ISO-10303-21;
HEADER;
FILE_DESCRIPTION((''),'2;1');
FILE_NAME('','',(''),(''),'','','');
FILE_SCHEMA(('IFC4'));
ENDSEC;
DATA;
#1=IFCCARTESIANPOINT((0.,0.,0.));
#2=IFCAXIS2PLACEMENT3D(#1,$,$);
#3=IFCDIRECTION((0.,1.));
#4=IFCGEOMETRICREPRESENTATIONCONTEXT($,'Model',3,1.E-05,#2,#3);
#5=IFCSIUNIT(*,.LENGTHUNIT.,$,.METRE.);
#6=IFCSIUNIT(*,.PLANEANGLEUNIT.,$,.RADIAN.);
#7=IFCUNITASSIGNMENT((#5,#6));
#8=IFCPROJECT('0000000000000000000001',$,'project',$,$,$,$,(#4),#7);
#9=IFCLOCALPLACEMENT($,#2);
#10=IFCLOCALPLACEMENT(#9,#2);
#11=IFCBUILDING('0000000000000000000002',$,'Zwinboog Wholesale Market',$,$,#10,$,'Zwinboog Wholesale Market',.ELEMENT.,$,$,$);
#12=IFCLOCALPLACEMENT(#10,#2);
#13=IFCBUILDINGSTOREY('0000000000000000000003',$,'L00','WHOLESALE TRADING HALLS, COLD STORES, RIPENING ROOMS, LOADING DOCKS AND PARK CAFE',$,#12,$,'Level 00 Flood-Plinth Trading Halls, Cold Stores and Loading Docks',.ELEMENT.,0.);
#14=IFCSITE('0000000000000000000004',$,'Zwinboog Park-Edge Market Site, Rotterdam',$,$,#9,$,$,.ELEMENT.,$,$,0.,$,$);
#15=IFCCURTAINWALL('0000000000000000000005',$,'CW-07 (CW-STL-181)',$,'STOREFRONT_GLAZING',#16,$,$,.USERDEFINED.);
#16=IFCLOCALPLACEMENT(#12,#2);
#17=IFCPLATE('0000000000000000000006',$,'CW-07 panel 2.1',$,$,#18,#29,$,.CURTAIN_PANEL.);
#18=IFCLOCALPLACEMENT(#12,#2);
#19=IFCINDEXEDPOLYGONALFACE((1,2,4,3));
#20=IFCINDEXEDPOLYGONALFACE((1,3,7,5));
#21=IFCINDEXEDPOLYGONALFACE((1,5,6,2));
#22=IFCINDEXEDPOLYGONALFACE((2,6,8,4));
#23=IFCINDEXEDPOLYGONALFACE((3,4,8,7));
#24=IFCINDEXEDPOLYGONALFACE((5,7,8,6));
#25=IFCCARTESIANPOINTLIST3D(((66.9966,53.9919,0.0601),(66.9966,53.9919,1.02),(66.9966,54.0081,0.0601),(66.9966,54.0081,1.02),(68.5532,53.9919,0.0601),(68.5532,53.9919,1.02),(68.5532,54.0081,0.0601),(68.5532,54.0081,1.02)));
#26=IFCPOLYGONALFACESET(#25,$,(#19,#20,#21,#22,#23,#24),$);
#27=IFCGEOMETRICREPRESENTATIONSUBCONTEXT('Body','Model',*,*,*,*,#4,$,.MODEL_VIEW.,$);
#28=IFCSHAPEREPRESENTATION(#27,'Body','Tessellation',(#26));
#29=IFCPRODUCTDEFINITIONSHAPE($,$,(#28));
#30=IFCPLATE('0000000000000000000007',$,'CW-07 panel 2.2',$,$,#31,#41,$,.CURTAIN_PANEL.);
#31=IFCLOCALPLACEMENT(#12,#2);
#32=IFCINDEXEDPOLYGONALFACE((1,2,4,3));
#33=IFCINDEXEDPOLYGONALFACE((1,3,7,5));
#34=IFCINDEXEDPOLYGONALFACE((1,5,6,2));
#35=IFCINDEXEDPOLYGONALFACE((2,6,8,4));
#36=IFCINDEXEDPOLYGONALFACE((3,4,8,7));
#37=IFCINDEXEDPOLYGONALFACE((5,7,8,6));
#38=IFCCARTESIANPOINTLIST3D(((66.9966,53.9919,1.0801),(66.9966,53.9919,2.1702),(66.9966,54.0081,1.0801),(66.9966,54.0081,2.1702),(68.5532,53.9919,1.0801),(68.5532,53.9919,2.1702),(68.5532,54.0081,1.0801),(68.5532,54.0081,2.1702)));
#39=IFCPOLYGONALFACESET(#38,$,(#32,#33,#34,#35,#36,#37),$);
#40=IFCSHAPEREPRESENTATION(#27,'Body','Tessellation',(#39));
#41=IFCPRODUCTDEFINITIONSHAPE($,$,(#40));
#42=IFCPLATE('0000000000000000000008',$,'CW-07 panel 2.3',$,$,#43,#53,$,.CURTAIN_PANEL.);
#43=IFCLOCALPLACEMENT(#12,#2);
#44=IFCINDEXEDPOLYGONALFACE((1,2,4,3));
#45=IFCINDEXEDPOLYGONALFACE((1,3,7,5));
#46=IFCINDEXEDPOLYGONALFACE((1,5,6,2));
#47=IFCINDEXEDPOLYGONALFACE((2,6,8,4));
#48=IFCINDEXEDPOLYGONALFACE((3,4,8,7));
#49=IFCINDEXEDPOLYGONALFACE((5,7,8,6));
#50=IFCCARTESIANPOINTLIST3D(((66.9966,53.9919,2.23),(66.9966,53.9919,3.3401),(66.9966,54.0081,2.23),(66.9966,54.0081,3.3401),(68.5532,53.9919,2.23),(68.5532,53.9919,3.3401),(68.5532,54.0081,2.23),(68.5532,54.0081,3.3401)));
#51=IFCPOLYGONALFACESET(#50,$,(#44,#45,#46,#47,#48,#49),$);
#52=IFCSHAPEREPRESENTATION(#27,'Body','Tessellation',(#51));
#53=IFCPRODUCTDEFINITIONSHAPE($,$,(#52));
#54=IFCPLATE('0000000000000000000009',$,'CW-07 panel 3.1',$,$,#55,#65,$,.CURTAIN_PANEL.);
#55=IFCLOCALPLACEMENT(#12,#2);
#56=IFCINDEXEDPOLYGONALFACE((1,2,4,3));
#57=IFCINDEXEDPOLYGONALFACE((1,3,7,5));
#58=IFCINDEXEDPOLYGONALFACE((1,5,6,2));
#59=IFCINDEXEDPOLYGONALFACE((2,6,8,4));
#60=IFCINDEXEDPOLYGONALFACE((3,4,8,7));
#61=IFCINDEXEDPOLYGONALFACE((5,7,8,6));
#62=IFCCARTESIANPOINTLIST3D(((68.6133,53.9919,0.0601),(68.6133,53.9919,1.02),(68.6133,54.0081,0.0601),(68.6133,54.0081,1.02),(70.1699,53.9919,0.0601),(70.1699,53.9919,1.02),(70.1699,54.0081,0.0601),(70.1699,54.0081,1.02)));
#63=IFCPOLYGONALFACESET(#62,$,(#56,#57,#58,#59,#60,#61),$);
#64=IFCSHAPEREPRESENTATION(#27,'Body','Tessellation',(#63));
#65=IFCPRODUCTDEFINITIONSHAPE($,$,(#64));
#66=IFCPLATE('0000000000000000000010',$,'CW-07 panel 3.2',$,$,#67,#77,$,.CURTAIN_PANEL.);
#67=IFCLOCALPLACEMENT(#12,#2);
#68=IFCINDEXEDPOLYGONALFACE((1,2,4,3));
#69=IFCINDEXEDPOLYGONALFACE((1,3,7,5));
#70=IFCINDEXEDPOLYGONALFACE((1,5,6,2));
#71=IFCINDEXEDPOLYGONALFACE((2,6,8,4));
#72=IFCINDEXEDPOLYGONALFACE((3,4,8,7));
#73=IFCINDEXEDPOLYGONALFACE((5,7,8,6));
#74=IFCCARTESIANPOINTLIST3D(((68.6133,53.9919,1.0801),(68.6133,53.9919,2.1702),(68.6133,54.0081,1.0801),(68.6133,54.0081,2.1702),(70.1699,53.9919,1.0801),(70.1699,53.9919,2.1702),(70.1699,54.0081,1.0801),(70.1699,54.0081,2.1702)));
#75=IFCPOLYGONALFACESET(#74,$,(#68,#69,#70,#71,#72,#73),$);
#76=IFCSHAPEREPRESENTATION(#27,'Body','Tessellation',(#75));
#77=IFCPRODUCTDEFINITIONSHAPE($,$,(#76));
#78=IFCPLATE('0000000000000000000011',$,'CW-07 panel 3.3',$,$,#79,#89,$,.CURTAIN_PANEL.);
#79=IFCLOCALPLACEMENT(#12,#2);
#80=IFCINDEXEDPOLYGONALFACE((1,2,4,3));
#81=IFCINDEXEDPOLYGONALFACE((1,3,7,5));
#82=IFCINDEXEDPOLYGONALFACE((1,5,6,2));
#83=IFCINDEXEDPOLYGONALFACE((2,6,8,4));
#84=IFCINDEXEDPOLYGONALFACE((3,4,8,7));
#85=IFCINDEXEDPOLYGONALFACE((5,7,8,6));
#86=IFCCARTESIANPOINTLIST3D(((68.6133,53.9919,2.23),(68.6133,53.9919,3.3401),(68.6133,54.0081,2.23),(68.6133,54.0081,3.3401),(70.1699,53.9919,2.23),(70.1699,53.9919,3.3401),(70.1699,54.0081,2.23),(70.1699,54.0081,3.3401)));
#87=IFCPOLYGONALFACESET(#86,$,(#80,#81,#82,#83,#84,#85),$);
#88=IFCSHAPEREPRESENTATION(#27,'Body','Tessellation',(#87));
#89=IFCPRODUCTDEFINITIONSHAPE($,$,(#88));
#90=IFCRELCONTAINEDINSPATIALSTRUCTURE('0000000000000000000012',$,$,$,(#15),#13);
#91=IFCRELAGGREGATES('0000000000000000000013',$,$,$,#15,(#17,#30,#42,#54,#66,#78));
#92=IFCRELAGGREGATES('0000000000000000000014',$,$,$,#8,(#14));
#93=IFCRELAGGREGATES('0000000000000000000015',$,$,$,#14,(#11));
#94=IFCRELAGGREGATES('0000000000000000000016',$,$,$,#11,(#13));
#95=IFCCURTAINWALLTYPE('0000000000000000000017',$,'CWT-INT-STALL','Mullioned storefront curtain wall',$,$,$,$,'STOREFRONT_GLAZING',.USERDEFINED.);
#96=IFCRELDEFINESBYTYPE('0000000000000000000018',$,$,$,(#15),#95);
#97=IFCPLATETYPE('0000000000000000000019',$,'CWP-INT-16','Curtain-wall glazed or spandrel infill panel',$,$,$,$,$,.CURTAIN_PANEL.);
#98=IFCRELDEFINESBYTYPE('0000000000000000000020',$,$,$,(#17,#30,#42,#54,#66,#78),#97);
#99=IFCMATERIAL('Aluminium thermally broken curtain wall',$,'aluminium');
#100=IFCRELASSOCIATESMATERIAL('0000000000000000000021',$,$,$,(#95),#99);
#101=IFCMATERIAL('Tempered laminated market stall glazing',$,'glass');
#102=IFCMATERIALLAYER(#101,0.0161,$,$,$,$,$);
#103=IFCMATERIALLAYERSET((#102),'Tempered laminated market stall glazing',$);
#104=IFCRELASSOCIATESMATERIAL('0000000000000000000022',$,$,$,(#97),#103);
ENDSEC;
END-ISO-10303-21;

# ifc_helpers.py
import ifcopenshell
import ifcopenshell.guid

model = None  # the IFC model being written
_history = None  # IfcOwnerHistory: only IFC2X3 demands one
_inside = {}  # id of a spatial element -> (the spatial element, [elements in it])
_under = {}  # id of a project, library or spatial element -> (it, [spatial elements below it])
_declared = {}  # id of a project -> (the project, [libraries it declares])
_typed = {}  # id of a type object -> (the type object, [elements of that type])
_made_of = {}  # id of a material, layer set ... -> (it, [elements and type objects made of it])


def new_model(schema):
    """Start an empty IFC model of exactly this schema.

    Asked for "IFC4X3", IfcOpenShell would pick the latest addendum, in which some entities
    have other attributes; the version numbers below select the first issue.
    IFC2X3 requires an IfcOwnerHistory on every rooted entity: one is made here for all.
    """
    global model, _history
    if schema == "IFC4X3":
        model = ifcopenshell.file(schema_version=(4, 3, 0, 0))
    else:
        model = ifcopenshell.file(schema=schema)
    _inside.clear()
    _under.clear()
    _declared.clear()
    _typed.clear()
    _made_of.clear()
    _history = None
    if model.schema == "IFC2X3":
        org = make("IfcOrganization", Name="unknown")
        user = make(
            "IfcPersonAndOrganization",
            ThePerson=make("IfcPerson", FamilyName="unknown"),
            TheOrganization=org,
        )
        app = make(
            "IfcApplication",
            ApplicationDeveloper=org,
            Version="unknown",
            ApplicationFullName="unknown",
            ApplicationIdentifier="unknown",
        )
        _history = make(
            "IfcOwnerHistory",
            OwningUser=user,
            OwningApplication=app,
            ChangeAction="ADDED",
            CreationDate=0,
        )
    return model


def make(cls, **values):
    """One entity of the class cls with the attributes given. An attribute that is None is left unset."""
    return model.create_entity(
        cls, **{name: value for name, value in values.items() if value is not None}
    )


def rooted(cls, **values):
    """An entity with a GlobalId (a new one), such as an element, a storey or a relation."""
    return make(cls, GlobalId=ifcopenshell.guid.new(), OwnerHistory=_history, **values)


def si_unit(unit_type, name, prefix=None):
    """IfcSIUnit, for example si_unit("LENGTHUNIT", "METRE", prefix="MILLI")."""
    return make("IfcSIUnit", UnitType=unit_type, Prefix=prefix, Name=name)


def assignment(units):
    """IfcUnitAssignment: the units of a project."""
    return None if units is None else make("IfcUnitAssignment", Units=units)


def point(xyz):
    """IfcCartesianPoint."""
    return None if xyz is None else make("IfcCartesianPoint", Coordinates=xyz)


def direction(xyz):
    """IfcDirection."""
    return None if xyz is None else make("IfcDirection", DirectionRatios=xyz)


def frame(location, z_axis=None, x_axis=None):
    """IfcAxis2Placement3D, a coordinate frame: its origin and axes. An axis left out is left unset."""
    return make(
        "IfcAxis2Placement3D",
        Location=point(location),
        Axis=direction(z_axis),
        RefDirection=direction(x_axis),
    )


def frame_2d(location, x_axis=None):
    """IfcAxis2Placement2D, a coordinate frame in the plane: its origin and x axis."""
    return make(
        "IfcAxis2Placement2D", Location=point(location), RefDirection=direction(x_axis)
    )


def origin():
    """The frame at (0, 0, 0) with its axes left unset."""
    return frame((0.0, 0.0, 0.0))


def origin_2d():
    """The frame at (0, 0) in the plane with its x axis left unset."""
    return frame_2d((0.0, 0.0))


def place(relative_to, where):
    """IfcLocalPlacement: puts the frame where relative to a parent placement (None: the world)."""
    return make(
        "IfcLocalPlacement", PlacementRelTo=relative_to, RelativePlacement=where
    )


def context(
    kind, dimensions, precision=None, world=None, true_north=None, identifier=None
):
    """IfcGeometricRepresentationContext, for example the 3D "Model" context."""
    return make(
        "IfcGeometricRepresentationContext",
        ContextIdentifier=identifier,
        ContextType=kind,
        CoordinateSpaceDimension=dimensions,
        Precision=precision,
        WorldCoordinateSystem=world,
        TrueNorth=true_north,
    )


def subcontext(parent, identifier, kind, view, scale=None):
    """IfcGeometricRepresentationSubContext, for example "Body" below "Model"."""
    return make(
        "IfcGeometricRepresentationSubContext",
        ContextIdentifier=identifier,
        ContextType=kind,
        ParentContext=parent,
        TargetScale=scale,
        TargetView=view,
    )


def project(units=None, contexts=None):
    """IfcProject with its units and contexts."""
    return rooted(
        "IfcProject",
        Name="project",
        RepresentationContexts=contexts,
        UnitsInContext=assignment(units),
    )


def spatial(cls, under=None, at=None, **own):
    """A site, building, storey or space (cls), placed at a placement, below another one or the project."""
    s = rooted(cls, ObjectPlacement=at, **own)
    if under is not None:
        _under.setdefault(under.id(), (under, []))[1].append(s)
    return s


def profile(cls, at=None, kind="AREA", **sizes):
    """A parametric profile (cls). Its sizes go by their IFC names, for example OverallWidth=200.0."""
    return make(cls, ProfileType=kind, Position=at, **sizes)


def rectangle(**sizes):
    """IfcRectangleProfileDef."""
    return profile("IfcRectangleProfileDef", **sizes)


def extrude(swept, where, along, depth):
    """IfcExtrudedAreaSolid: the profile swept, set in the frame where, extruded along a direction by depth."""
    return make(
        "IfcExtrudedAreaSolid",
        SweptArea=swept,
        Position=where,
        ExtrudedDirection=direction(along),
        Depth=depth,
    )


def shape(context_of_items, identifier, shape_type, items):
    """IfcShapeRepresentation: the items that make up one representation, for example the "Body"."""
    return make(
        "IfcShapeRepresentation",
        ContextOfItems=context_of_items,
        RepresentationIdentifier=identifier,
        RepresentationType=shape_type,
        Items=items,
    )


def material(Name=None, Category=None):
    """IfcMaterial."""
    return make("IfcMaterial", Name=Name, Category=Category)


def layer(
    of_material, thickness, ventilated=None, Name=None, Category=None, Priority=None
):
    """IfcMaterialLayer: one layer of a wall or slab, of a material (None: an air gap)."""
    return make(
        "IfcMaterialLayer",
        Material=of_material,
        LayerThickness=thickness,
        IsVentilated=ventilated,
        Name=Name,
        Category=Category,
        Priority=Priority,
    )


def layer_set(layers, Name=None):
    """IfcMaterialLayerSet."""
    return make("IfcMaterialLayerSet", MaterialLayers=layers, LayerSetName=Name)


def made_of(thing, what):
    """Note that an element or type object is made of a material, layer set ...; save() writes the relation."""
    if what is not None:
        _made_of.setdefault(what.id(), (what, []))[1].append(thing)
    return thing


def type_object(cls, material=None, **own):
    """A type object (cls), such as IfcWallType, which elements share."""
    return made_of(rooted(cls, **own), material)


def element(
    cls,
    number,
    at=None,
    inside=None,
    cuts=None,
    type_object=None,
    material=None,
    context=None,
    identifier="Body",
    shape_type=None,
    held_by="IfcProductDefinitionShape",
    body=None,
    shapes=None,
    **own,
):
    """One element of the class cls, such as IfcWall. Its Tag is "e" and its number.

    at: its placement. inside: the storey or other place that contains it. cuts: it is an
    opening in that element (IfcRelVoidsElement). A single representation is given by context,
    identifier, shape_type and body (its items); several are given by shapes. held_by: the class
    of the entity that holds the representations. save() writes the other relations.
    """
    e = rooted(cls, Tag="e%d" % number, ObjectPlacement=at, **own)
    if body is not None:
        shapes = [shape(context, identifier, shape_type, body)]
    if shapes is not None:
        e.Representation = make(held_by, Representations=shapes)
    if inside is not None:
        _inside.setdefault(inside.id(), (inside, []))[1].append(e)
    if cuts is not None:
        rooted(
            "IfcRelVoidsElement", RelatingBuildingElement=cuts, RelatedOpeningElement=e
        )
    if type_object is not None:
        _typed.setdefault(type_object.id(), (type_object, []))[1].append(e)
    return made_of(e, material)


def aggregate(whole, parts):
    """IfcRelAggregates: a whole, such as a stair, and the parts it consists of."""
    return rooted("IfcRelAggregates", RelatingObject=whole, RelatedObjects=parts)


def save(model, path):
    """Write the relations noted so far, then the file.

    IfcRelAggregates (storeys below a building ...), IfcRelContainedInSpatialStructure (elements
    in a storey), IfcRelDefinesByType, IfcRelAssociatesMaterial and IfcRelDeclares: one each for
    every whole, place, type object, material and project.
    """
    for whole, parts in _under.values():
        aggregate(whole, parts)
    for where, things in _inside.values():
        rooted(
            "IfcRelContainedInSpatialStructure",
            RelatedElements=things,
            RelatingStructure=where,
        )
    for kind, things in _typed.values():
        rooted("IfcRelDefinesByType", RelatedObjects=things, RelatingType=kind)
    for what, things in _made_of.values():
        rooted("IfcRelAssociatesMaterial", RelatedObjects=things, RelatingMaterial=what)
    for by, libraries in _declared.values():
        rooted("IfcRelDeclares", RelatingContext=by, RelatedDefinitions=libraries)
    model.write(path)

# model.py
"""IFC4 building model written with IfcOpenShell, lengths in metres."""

from ifc_helpers import new_model, si_unit, direction, frame, origin, origin_2d, place, context, subcontext, project, spatial, rectangle, extrude, material, layer, layer_set, type_object, element, aggregate, save


model = new_model("IFC4")

# Units and contexts
model_context = context("Model", 3, precision=1e-05, world=origin(), true_north=direction((0.0, 1.0)))
body_context = subcontext(model_context, "Body", "Model", "MODEL_VIEW")
ifc_project = project(units=[si_unit("LENGTHUNIT", "METRE"), si_unit("PLANEANGLEUNIT", "RADIAN")], contexts=[model_context])

# Site, building, storey
site_placement = place(None, origin())
site = spatial("IfcSite", under=ifc_project, at=site_placement, Name="Zwinboog Park-Edge Market Site, Rotterdam", CompositionType="ELEMENT", RefElevation=0.0)
building_placement = place(site_placement, origin())
building = spatial("IfcBuilding", under=site, at=building_placement, Name="Zwinboog Wholesale Market", LongName="Zwinboog Wholesale Market", CompositionType="ELEMENT")
storey_placement = place(building_placement, origin())
storey = spatial("IfcBuildingStorey", under=building, at=storey_placement, Name="L00", Description="WHOLESALE TRADING HALLS, COLD STORES, RIPENING ROOMS, LOADING DOCKS AND PARK CAFE", LongName="Level 00 Flood-Plinth Trading Halls, Cold Stores and Loading Docks", CompositionType="ELEMENT", Elevation=0.0)

# Curtain wall, plates
ifc_material_1 = material(Name="Aluminium thermally broken curtain wall", Category="aluminium")
curtain_wall_type = type_object("IfcCurtainWallType", Name="CWT-INT-STALL", Description="Mullioned storefront curtain wall", ElementType="STOREFRONT_GLAZING", PredefinedType="USERDEFINED", material=ifc_material_1)
curtain_wall_placement = place(storey_placement, origin())
curtain_wall = element("IfcCurtainWall", 1, at=curtain_wall_placement, inside=storey, type_object=curtain_wall_type, Name="CW-07 (CW-STL-181)", ObjectType="STOREFRONT_GLAZING", PredefinedType="USERDEFINED")
ifc_material_2 = material(Name="Tempered laminated market stall glazing", Category="glass")
ifc_layer = layer(ifc_material_2, 0.0161)
ifc_layer_set = layer_set([ifc_layer], Name="Tempered laminated market stall glazing")
plate_type = type_object("IfcPlateType", Name="CWP-INT-16", Description="Curtain-wall glazed or spandrel infill panel", PredefinedType="CURTAIN_PANEL", material=ifc_layer_set)
plate_1_placement = place(storey_placement, frame((67.7749, 54.0, 0.0601), z_axis=(0.0, 0.0, 1.0), x_axis=(1.0, 0.0, 0.0)))
plate_1 = element("IfcPlate", 2, at=plate_1_placement, type_object=plate_type, Name="CW-07 panel 2.1", PredefinedType="CURTAIN_PANEL", context=body_context, shape_type="SweptSolid", body=[
    extrude(rectangle(XDim=1.5566, YDim=0.0161, at=origin_2d()), origin(), (0.0, 0.0, 1.0), 0.96),
])
plate_2_placement = place(storey_placement, frame((67.7749, 54.0, 1.0801), z_axis=(0.0, 0.0, 1.0), x_axis=(1.0, 0.0, 0.0)))
plate_2 = element("IfcPlate", 3, at=plate_2_placement, type_object=plate_type, Name="CW-07 panel 2.2", PredefinedType="CURTAIN_PANEL", context=body_context, shape_type="SweptSolid", body=[
    extrude(rectangle(XDim=1.5566, YDim=0.0161, at=origin_2d()), origin(), (0.0, 0.0, 1.0), 1.0901),
])
plate_3_placement = place(storey_placement, frame((67.7749, 54.0, 2.23), z_axis=(0.0, 0.0, 1.0), x_axis=(1.0, 0.0, 0.0)))
plate_3 = element("IfcPlate", 4, at=plate_3_placement, type_object=plate_type, Name="CW-07 panel 2.3", PredefinedType="CURTAIN_PANEL", context=body_context, shape_type="SweptSolid", body=[
    extrude(rectangle(XDim=1.5566, YDim=0.0161, at=origin_2d()), origin(), (0.0, 0.0, 1.0), 1.1101),
])
plate_4_placement = place(storey_placement, frame((69.3916, 54.0, 0.0601), z_axis=(0.0, 0.0, 1.0), x_axis=(1.0, 0.0, 0.0)))
plate_4 = element("IfcPlate", 5, at=plate_4_placement, type_object=plate_type, Name="CW-07 panel 3.1", PredefinedType="CURTAIN_PANEL", context=body_context, shape_type="SweptSolid", body=[
    extrude(rectangle(XDim=1.5566, YDim=0.0161, at=origin_2d()), origin(), (0.0, 0.0, 1.0), 0.96),
])
plate_5_placement = place(storey_placement, frame((69.3916, 54.0, 1.0801), z_axis=(0.0, 0.0, 1.0), x_axis=(1.0, 0.0, 0.0)))
plate_5 = element("IfcPlate", 6, at=plate_5_placement, type_object=plate_type, Name="CW-07 panel 3.2", PredefinedType="CURTAIN_PANEL", context=body_context, shape_type="SweptSolid", body=[
    extrude(rectangle(XDim=1.5566, YDim=0.0161, at=origin_2d()), origin(), (0.0, 0.0, 1.0), 1.0901),
])
plate_6_placement = place(storey_placement, frame((69.3916, 54.0, 2.23), z_axis=(0.0, 0.0, 1.0), x_axis=(1.0, 0.0, 0.0)))
plate_6 = element("IfcPlate", 7, at=plate_6_placement, type_object=plate_type, Name="CW-07 panel 3.3", PredefinedType="CURTAIN_PANEL", context=body_context, shape_type="SweptSolid", body=[
    extrude(rectangle(XDim=1.5566, YDim=0.0161, at=origin_2d()), origin(), (0.0, 0.0, 1.0), 1.1101),
])
aggregate(curtain_wall, [plate_1, plate_2, plate_3, plate_4, plate_5, plate_6])

save(model, "model.ifc")
